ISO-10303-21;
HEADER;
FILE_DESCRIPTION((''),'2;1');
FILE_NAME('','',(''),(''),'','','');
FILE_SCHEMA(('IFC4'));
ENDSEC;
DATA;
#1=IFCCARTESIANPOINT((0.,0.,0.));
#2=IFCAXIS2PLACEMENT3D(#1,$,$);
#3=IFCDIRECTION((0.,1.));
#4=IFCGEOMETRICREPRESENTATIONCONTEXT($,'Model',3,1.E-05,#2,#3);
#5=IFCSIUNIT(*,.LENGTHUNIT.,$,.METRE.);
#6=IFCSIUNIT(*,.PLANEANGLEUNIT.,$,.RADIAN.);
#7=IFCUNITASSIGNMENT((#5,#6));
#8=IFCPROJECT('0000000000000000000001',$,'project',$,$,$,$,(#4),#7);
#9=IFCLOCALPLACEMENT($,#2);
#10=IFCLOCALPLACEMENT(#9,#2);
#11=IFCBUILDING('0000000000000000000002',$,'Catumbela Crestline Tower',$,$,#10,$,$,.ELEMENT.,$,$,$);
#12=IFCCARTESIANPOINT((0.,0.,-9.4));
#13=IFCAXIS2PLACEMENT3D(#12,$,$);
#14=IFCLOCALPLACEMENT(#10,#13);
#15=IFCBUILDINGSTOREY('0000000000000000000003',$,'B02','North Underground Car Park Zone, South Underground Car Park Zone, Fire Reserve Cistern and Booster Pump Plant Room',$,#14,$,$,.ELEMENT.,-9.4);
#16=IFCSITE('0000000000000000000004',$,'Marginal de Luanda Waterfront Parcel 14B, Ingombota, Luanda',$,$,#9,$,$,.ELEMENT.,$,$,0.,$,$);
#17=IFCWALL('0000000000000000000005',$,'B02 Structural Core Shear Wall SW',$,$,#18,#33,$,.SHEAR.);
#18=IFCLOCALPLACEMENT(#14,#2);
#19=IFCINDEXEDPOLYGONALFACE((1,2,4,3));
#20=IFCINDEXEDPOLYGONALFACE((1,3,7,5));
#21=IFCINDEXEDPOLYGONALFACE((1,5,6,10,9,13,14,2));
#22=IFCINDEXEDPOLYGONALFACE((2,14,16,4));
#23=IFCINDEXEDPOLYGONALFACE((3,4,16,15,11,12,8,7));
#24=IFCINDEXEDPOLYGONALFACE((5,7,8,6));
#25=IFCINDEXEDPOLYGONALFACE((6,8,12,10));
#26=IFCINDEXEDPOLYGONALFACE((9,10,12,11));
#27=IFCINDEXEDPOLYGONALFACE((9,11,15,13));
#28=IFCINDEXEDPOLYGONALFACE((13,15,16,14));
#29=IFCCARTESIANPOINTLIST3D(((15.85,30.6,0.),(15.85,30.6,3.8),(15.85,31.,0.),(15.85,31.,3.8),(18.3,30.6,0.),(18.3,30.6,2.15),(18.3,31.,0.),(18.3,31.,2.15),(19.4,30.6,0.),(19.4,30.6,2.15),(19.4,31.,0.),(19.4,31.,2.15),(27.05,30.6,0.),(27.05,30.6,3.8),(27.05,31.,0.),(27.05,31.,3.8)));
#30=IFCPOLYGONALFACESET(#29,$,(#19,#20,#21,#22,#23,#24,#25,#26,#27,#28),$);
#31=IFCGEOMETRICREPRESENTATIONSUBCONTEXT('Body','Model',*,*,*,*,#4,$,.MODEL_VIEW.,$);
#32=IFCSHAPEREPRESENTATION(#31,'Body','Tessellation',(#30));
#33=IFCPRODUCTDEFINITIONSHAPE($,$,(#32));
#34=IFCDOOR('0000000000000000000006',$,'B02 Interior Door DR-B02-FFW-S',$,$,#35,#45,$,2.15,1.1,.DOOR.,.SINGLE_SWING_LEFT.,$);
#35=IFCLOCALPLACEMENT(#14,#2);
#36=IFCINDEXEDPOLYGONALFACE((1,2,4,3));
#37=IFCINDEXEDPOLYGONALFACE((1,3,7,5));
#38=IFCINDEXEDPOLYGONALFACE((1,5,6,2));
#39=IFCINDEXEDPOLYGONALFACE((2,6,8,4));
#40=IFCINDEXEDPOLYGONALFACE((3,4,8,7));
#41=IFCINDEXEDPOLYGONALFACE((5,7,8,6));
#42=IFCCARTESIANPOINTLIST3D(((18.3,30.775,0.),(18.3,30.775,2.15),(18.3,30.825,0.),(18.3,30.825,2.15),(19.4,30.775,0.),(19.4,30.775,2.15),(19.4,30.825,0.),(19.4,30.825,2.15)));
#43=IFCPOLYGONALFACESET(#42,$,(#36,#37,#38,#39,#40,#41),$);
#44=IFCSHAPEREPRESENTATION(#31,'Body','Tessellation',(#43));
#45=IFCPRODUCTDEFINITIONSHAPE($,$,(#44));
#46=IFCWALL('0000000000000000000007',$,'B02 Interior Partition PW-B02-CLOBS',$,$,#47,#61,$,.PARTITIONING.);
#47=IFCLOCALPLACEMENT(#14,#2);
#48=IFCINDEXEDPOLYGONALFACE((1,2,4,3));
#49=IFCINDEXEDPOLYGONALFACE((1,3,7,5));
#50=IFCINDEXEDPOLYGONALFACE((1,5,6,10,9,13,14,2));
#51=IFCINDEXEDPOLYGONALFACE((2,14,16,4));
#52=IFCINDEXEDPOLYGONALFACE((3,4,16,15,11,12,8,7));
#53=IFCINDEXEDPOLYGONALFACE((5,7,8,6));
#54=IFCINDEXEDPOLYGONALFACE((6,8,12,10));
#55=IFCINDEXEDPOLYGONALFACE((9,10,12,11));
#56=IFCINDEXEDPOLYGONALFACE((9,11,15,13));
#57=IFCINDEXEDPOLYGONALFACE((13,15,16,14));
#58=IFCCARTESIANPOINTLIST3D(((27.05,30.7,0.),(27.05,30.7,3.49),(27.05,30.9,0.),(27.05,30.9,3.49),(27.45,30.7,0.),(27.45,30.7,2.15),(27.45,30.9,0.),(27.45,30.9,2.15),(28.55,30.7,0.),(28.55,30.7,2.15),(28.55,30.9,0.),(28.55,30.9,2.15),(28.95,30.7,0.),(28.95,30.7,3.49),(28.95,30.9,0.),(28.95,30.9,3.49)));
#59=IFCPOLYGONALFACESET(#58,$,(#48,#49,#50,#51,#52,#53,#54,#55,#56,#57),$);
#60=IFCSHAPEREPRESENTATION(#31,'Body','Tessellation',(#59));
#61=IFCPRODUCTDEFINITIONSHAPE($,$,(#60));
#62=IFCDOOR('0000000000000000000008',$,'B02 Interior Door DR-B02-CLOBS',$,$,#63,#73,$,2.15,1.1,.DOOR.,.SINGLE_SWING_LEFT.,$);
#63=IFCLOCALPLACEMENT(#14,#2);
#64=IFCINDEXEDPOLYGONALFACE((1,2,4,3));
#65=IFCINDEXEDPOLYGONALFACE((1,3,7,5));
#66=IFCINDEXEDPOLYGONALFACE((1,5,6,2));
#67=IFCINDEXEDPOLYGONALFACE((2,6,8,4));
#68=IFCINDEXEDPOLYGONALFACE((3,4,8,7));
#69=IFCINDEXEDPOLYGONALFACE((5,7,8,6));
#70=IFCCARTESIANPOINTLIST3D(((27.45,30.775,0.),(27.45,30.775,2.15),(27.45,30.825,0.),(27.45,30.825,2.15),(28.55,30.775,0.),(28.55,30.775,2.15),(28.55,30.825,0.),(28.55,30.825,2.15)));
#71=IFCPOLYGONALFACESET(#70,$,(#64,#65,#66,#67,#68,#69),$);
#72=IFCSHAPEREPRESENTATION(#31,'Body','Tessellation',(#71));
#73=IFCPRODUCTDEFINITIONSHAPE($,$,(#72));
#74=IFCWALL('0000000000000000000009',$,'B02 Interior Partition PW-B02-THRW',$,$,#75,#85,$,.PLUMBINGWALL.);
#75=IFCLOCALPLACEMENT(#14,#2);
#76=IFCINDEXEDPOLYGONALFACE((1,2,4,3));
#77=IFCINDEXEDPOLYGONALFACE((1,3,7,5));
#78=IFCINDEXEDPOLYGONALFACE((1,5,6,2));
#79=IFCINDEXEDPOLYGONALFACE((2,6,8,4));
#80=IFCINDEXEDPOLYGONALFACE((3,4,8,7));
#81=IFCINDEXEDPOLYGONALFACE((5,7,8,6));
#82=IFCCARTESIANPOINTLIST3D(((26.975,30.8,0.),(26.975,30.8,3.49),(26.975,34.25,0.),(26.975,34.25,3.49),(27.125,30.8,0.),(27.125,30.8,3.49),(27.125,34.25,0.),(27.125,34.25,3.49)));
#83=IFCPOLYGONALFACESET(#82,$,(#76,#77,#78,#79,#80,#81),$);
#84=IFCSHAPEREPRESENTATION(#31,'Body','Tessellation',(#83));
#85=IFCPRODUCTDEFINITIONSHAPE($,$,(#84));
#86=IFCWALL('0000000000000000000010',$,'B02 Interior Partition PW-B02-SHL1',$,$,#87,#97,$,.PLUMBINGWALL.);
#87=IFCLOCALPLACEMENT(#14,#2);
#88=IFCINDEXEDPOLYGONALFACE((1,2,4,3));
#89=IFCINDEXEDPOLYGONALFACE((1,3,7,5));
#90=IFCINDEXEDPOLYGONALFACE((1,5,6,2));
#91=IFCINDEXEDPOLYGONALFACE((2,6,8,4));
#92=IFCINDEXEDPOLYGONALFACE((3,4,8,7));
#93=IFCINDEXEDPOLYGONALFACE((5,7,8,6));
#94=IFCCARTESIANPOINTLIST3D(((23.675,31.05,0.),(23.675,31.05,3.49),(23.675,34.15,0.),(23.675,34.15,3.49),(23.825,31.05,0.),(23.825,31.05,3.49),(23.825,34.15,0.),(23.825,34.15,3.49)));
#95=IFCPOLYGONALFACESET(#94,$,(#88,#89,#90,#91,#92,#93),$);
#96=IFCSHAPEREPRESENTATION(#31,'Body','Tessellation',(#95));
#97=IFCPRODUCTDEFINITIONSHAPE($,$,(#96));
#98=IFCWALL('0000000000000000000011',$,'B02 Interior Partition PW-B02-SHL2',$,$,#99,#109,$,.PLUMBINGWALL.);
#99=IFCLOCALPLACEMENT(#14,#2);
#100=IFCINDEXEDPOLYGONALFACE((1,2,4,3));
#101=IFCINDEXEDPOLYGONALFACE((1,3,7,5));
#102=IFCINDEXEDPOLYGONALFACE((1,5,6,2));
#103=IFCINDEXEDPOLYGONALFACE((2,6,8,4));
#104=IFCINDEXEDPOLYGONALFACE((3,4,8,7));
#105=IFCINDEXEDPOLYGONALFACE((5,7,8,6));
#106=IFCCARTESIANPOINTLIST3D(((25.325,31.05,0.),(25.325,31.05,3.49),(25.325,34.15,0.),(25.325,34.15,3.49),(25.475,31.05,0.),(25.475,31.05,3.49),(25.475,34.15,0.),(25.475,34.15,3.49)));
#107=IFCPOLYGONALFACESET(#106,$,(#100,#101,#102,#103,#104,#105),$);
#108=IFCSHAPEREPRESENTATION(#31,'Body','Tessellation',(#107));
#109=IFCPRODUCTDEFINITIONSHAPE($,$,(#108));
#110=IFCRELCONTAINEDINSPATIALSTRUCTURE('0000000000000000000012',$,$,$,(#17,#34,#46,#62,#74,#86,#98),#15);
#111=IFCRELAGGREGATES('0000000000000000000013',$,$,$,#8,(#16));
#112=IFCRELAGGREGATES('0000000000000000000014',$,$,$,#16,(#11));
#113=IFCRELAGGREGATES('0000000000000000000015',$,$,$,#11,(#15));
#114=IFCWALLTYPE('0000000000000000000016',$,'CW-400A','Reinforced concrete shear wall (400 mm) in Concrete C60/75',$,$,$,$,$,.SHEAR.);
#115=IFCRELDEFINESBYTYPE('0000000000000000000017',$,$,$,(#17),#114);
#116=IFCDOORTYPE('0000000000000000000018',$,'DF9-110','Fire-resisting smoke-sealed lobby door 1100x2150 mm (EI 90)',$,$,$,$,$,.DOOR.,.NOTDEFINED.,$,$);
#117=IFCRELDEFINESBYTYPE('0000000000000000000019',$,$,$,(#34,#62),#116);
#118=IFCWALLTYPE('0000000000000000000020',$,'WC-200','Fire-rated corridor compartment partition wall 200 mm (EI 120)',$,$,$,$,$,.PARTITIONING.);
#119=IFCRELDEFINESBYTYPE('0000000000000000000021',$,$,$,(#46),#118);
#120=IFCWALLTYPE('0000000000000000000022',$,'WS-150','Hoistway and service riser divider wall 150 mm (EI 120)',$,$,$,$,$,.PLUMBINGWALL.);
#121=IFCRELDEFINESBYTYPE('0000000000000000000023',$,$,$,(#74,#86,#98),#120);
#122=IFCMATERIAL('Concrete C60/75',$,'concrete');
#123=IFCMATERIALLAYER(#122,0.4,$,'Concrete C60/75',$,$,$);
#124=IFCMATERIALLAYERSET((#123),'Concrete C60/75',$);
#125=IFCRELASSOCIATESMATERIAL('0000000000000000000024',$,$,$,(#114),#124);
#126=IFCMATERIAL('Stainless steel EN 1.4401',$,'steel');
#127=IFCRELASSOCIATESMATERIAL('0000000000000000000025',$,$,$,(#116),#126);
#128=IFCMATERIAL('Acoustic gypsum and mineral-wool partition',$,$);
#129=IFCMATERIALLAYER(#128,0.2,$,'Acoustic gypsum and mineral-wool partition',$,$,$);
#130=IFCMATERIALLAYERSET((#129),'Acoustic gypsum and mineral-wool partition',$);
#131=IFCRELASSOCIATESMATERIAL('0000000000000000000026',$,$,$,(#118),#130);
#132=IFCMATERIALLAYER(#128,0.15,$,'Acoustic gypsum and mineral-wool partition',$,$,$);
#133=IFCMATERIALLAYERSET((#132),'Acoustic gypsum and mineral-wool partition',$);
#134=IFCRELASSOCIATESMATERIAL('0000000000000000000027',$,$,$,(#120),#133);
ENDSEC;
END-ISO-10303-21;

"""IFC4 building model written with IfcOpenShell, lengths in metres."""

from ifc_helpers import new_model, si_unit, direction, frame, frame_2d, origin, place, context, subcontext, project, spatial, rectangle, extrude, material, layer, layer_set, type_object, element, fill, save


model = new_model("IFC4")

# Units and contexts
model_context = context("Model", 3, precision=1e-05, world=origin(), true_north=direction((0.0, 1.0)))
body_context = subcontext(model_context, "Body", "Model", "MODEL_VIEW")
ifc_project = project(units=[si_unit("LENGTHUNIT", "METRE"), si_unit("PLANEANGLEUNIT", "RADIAN")], contexts=[model_context])

# Site, building, storey
site_placement = place(None, origin())
site = spatial("IfcSite", under=ifc_project, at=site_placement, Name="Marginal de Luanda Waterfront Parcel 14B, Ingombota, Luanda", CompositionType="ELEMENT", RefElevation=0.0)
building_placement = place(site_placement, origin())
building = spatial("IfcBuilding", under=site, at=building_placement, Name="Catumbela Crestline Tower", CompositionType="ELEMENT")
storey_placement = place(building_placement, frame((0.0, 0.0, -9.4)))
storey = spatial("IfcBuildingStorey", under=building, at=storey_placement, Name="B02", Description="North Underground Car Park Zone, South Underground Car Park Zone, Fire Reserve Cistern and Booster Pump Plant Room", CompositionType="ELEMENT", Elevation=-9.4)

# Shared definitions
ifc_material_1 = material(Name="Stainless steel EN 1.4401", Category="steel")

# Shared definitions
ifc_material_2 = material(Name="Concrete C60/75", Category="concrete")
ifc_layer_1 = layer(ifc_material_2, 0.4, Name="Concrete C60/75")
ifc_layer_set_1 = layer_set([ifc_layer_1], Name="Concrete C60/75")
wall_type_1 = type_object("IfcWallType", Name="CW-400A", Description="Reinforced concrete shear wall (400 mm) in Concrete C60/75", PredefinedType="SHEAR", material=ifc_layer_set_1)

# Walls, openings, doors
wall_1_placement = place(storey_placement, frame((15.85, 30.8, 0.0), z_axis=(0.0, 0.0, 1.0), x_axis=(1.0, 0.0, 0.0)))
wall_1 = element("IfcWall", 1, at=wall_1_placement, inside=storey, type_object=wall_type_1, Name="B02 Structural Core Shear Wall SW", PredefinedType="SHEAR", context=body_context, shape_type="SweptSolid", body=[
    extrude(rectangle(XDim=11.2, YDim=0.4, at=frame_2d((5.6, 0.0))), origin(), (0.0, 0.0, 1.0), 3.8),
])
opening_1_placement = place(wall_1_placement, frame((2.45, 0.0, 0.0)))
opening_1 = element("IfcOpeningElement", 2, at=opening_1_placement, cuts=wall_1, PredefinedType="OPENING", context=body_context, shape_type="SweptSolid", body=[
    extrude(rectangle(XDim=1.1, YDim=2.15, at=frame_2d((0.55, 1.075))), frame((0.0, 0.21, 0.0), z_axis=(0.0, -1.0, 0.0), x_axis=(1.0, 0.0, 0.0)), (0.0, 0.0, 1.0), 0.42),
])
door_type_1 = type_object("IfcDoorType", Name="DF9-110", Description="Fire-resisting smoke-sealed lobby door 1100x2150 mm (EI 90)", OperationType="NOTDEFINED", PredefinedType="DOOR", material=ifc_material_1)
door_1_placement = place(opening_1_placement, origin())
door_1 = element("IfcDoor", 3, at=door_1_placement, inside=storey, type_object=door_type_1, Name="B02 Interior Door DR-B02-FFW-S", OperationType="SINGLE_SWING_LEFT", OverallHeight=2.15, OverallWidth=1.1, PredefinedType="DOOR", context=body_context, shape_type="SweptSolid", body=[
    extrude(rectangle(XDim=1.1, YDim=2.15, at=frame_2d((0.55, 1.075))), frame((0.0, 0.025, 0.0), z_axis=(0.0, -1.0, 0.0), x_axis=(1.0, 0.0, 0.0)), (0.0, 0.0, 1.0), 0.05),
])
fill(opening_1, door_1)
ifc_material_3 = material(Name="Acoustic gypsum and mineral-wool partition")
ifc_layer_2 = layer(ifc_material_3, 0.2, Name="Acoustic gypsum and mineral-wool partition")
ifc_layer_set_2 = layer_set([ifc_layer_2], Name="Acoustic gypsum and mineral-wool partition")
wall_type_2 = type_object("IfcWallType", Name="WC-200", Description="Fire-rated corridor compartment partition wall 200 mm (EI 120)", PredefinedType="PARTITIONING", material=ifc_layer_set_2)
wall_2_placement = place(storey_placement, frame((27.05, 30.8, 0.0), z_axis=(0.0, 0.0, 1.0), x_axis=(1.0, 0.0, 0.0)))
wall_2 = element("IfcWall", 4, at=wall_2_placement, inside=storey, type_object=wall_type_2, Name="B02 Interior Partition PW-B02-CLOBS", PredefinedType="PARTITIONING", context=body_context, shape_type="SweptSolid", body=[
    extrude(rectangle(XDim=1.9, YDim=0.2, at=frame_2d((0.95, 0.0))), origin(), (0.0, 0.0, 1.0), 3.49),
])
opening_2_placement = place(wall_2_placement, frame((0.4, 0.0, 0.0)))
opening_2 = element("IfcOpeningElement", 5, at=opening_2_placement, cuts=wall_2, PredefinedType="OPENING", context=body_context, shape_type="SweptSolid", body=[
    extrude(rectangle(XDim=1.1, YDim=2.15, at=frame_2d((0.55, 1.075))), frame((0.0, 0.11, 0.0), z_axis=(0.0, -1.0, 0.0), x_axis=(1.0, 0.0, 0.0)), (0.0, 0.0, 1.0), 0.22),
])
door_2_placement = place(opening_2_placement, origin())
door_2 = element("IfcDoor", 6, at=door_2_placement, inside=storey, type_object=door_type_1, Name="B02 Interior Door DR-B02-CLOBS", OperationType="SINGLE_SWING_LEFT", OverallHeight=2.15, OverallWidth=1.1, PredefinedType="DOOR", context=body_context, shape_type="SweptSolid", body=[
    extrude(rectangle(XDim=1.1, YDim=2.15, at=frame_2d((0.55, 1.075))), frame((0.0, 0.025, 0.0), z_axis=(0.0, -1.0, 0.0), x_axis=(1.0, 0.0, 0.0)), (0.0, 0.0, 1.0), 0.05),
])
fill(opening_2, door_2)

# Walls
ifc_layer_3 = layer(ifc_material_3, 0.15, Name="Acoustic gypsum and mineral-wool partition")
ifc_layer_set_3 = layer_set([ifc_layer_3], Name="Acoustic gypsum and mineral-wool partition")
wall_type_3 = type_object("IfcWallType", Name="WS-150", Description="Hoistway and service riser divider wall 150 mm (EI 120)", PredefinedType="PLUMBINGWALL", material=ifc_layer_set_3)
wall_3_placement = place(storey_placement, frame((27.05, 30.8, 0.0), z_axis=(0.0, 0.0, 1.0), x_axis=(0.0, 1.0, 0.0)))
element("IfcWall", 7, at=wall_3_placement, inside=storey, type_object=wall_type_3, Name="B02 Interior Partition PW-B02-THRW", PredefinedType="PLUMBINGWALL", context=body_context, shape_type="SweptSolid", body=[
    extrude(rectangle(XDim=3.45, YDim=0.15, at=frame_2d((1.725, 0.0))), origin(), (0.0, 0.0, 1.0), 3.49),
])
for number, where, z_axis, x_axis, name in (
    (8, (23.75, 31.05, 0.0), (0.0, 0.0, 1.0), (0.0, 1.0, 0.0), "B02 Interior Partition PW-B02-SHL1"),
    (9, (25.4, 31.05, 0.0), (0.0, 0.0, 1.0), (0.0, 1.0, 0.0), "B02 Interior Partition PW-B02-SHL2"),
):
    element("IfcWall", number, at=place(storey_placement, frame(where, z_axis=z_axis, x_axis=x_axis)), inside=storey, type_object=wall_type_3, Name=name, PredefinedType="PLUMBINGWALL", context=body_context, shape_type="SweptSolid", body=[
        extrude(rectangle(XDim=3.1, YDim=0.15, at=frame_2d((1.55, 0.0))), origin(), (0.0, 0.0, 1.0), 3.49),
    ])

save(model, "model.ifc")
